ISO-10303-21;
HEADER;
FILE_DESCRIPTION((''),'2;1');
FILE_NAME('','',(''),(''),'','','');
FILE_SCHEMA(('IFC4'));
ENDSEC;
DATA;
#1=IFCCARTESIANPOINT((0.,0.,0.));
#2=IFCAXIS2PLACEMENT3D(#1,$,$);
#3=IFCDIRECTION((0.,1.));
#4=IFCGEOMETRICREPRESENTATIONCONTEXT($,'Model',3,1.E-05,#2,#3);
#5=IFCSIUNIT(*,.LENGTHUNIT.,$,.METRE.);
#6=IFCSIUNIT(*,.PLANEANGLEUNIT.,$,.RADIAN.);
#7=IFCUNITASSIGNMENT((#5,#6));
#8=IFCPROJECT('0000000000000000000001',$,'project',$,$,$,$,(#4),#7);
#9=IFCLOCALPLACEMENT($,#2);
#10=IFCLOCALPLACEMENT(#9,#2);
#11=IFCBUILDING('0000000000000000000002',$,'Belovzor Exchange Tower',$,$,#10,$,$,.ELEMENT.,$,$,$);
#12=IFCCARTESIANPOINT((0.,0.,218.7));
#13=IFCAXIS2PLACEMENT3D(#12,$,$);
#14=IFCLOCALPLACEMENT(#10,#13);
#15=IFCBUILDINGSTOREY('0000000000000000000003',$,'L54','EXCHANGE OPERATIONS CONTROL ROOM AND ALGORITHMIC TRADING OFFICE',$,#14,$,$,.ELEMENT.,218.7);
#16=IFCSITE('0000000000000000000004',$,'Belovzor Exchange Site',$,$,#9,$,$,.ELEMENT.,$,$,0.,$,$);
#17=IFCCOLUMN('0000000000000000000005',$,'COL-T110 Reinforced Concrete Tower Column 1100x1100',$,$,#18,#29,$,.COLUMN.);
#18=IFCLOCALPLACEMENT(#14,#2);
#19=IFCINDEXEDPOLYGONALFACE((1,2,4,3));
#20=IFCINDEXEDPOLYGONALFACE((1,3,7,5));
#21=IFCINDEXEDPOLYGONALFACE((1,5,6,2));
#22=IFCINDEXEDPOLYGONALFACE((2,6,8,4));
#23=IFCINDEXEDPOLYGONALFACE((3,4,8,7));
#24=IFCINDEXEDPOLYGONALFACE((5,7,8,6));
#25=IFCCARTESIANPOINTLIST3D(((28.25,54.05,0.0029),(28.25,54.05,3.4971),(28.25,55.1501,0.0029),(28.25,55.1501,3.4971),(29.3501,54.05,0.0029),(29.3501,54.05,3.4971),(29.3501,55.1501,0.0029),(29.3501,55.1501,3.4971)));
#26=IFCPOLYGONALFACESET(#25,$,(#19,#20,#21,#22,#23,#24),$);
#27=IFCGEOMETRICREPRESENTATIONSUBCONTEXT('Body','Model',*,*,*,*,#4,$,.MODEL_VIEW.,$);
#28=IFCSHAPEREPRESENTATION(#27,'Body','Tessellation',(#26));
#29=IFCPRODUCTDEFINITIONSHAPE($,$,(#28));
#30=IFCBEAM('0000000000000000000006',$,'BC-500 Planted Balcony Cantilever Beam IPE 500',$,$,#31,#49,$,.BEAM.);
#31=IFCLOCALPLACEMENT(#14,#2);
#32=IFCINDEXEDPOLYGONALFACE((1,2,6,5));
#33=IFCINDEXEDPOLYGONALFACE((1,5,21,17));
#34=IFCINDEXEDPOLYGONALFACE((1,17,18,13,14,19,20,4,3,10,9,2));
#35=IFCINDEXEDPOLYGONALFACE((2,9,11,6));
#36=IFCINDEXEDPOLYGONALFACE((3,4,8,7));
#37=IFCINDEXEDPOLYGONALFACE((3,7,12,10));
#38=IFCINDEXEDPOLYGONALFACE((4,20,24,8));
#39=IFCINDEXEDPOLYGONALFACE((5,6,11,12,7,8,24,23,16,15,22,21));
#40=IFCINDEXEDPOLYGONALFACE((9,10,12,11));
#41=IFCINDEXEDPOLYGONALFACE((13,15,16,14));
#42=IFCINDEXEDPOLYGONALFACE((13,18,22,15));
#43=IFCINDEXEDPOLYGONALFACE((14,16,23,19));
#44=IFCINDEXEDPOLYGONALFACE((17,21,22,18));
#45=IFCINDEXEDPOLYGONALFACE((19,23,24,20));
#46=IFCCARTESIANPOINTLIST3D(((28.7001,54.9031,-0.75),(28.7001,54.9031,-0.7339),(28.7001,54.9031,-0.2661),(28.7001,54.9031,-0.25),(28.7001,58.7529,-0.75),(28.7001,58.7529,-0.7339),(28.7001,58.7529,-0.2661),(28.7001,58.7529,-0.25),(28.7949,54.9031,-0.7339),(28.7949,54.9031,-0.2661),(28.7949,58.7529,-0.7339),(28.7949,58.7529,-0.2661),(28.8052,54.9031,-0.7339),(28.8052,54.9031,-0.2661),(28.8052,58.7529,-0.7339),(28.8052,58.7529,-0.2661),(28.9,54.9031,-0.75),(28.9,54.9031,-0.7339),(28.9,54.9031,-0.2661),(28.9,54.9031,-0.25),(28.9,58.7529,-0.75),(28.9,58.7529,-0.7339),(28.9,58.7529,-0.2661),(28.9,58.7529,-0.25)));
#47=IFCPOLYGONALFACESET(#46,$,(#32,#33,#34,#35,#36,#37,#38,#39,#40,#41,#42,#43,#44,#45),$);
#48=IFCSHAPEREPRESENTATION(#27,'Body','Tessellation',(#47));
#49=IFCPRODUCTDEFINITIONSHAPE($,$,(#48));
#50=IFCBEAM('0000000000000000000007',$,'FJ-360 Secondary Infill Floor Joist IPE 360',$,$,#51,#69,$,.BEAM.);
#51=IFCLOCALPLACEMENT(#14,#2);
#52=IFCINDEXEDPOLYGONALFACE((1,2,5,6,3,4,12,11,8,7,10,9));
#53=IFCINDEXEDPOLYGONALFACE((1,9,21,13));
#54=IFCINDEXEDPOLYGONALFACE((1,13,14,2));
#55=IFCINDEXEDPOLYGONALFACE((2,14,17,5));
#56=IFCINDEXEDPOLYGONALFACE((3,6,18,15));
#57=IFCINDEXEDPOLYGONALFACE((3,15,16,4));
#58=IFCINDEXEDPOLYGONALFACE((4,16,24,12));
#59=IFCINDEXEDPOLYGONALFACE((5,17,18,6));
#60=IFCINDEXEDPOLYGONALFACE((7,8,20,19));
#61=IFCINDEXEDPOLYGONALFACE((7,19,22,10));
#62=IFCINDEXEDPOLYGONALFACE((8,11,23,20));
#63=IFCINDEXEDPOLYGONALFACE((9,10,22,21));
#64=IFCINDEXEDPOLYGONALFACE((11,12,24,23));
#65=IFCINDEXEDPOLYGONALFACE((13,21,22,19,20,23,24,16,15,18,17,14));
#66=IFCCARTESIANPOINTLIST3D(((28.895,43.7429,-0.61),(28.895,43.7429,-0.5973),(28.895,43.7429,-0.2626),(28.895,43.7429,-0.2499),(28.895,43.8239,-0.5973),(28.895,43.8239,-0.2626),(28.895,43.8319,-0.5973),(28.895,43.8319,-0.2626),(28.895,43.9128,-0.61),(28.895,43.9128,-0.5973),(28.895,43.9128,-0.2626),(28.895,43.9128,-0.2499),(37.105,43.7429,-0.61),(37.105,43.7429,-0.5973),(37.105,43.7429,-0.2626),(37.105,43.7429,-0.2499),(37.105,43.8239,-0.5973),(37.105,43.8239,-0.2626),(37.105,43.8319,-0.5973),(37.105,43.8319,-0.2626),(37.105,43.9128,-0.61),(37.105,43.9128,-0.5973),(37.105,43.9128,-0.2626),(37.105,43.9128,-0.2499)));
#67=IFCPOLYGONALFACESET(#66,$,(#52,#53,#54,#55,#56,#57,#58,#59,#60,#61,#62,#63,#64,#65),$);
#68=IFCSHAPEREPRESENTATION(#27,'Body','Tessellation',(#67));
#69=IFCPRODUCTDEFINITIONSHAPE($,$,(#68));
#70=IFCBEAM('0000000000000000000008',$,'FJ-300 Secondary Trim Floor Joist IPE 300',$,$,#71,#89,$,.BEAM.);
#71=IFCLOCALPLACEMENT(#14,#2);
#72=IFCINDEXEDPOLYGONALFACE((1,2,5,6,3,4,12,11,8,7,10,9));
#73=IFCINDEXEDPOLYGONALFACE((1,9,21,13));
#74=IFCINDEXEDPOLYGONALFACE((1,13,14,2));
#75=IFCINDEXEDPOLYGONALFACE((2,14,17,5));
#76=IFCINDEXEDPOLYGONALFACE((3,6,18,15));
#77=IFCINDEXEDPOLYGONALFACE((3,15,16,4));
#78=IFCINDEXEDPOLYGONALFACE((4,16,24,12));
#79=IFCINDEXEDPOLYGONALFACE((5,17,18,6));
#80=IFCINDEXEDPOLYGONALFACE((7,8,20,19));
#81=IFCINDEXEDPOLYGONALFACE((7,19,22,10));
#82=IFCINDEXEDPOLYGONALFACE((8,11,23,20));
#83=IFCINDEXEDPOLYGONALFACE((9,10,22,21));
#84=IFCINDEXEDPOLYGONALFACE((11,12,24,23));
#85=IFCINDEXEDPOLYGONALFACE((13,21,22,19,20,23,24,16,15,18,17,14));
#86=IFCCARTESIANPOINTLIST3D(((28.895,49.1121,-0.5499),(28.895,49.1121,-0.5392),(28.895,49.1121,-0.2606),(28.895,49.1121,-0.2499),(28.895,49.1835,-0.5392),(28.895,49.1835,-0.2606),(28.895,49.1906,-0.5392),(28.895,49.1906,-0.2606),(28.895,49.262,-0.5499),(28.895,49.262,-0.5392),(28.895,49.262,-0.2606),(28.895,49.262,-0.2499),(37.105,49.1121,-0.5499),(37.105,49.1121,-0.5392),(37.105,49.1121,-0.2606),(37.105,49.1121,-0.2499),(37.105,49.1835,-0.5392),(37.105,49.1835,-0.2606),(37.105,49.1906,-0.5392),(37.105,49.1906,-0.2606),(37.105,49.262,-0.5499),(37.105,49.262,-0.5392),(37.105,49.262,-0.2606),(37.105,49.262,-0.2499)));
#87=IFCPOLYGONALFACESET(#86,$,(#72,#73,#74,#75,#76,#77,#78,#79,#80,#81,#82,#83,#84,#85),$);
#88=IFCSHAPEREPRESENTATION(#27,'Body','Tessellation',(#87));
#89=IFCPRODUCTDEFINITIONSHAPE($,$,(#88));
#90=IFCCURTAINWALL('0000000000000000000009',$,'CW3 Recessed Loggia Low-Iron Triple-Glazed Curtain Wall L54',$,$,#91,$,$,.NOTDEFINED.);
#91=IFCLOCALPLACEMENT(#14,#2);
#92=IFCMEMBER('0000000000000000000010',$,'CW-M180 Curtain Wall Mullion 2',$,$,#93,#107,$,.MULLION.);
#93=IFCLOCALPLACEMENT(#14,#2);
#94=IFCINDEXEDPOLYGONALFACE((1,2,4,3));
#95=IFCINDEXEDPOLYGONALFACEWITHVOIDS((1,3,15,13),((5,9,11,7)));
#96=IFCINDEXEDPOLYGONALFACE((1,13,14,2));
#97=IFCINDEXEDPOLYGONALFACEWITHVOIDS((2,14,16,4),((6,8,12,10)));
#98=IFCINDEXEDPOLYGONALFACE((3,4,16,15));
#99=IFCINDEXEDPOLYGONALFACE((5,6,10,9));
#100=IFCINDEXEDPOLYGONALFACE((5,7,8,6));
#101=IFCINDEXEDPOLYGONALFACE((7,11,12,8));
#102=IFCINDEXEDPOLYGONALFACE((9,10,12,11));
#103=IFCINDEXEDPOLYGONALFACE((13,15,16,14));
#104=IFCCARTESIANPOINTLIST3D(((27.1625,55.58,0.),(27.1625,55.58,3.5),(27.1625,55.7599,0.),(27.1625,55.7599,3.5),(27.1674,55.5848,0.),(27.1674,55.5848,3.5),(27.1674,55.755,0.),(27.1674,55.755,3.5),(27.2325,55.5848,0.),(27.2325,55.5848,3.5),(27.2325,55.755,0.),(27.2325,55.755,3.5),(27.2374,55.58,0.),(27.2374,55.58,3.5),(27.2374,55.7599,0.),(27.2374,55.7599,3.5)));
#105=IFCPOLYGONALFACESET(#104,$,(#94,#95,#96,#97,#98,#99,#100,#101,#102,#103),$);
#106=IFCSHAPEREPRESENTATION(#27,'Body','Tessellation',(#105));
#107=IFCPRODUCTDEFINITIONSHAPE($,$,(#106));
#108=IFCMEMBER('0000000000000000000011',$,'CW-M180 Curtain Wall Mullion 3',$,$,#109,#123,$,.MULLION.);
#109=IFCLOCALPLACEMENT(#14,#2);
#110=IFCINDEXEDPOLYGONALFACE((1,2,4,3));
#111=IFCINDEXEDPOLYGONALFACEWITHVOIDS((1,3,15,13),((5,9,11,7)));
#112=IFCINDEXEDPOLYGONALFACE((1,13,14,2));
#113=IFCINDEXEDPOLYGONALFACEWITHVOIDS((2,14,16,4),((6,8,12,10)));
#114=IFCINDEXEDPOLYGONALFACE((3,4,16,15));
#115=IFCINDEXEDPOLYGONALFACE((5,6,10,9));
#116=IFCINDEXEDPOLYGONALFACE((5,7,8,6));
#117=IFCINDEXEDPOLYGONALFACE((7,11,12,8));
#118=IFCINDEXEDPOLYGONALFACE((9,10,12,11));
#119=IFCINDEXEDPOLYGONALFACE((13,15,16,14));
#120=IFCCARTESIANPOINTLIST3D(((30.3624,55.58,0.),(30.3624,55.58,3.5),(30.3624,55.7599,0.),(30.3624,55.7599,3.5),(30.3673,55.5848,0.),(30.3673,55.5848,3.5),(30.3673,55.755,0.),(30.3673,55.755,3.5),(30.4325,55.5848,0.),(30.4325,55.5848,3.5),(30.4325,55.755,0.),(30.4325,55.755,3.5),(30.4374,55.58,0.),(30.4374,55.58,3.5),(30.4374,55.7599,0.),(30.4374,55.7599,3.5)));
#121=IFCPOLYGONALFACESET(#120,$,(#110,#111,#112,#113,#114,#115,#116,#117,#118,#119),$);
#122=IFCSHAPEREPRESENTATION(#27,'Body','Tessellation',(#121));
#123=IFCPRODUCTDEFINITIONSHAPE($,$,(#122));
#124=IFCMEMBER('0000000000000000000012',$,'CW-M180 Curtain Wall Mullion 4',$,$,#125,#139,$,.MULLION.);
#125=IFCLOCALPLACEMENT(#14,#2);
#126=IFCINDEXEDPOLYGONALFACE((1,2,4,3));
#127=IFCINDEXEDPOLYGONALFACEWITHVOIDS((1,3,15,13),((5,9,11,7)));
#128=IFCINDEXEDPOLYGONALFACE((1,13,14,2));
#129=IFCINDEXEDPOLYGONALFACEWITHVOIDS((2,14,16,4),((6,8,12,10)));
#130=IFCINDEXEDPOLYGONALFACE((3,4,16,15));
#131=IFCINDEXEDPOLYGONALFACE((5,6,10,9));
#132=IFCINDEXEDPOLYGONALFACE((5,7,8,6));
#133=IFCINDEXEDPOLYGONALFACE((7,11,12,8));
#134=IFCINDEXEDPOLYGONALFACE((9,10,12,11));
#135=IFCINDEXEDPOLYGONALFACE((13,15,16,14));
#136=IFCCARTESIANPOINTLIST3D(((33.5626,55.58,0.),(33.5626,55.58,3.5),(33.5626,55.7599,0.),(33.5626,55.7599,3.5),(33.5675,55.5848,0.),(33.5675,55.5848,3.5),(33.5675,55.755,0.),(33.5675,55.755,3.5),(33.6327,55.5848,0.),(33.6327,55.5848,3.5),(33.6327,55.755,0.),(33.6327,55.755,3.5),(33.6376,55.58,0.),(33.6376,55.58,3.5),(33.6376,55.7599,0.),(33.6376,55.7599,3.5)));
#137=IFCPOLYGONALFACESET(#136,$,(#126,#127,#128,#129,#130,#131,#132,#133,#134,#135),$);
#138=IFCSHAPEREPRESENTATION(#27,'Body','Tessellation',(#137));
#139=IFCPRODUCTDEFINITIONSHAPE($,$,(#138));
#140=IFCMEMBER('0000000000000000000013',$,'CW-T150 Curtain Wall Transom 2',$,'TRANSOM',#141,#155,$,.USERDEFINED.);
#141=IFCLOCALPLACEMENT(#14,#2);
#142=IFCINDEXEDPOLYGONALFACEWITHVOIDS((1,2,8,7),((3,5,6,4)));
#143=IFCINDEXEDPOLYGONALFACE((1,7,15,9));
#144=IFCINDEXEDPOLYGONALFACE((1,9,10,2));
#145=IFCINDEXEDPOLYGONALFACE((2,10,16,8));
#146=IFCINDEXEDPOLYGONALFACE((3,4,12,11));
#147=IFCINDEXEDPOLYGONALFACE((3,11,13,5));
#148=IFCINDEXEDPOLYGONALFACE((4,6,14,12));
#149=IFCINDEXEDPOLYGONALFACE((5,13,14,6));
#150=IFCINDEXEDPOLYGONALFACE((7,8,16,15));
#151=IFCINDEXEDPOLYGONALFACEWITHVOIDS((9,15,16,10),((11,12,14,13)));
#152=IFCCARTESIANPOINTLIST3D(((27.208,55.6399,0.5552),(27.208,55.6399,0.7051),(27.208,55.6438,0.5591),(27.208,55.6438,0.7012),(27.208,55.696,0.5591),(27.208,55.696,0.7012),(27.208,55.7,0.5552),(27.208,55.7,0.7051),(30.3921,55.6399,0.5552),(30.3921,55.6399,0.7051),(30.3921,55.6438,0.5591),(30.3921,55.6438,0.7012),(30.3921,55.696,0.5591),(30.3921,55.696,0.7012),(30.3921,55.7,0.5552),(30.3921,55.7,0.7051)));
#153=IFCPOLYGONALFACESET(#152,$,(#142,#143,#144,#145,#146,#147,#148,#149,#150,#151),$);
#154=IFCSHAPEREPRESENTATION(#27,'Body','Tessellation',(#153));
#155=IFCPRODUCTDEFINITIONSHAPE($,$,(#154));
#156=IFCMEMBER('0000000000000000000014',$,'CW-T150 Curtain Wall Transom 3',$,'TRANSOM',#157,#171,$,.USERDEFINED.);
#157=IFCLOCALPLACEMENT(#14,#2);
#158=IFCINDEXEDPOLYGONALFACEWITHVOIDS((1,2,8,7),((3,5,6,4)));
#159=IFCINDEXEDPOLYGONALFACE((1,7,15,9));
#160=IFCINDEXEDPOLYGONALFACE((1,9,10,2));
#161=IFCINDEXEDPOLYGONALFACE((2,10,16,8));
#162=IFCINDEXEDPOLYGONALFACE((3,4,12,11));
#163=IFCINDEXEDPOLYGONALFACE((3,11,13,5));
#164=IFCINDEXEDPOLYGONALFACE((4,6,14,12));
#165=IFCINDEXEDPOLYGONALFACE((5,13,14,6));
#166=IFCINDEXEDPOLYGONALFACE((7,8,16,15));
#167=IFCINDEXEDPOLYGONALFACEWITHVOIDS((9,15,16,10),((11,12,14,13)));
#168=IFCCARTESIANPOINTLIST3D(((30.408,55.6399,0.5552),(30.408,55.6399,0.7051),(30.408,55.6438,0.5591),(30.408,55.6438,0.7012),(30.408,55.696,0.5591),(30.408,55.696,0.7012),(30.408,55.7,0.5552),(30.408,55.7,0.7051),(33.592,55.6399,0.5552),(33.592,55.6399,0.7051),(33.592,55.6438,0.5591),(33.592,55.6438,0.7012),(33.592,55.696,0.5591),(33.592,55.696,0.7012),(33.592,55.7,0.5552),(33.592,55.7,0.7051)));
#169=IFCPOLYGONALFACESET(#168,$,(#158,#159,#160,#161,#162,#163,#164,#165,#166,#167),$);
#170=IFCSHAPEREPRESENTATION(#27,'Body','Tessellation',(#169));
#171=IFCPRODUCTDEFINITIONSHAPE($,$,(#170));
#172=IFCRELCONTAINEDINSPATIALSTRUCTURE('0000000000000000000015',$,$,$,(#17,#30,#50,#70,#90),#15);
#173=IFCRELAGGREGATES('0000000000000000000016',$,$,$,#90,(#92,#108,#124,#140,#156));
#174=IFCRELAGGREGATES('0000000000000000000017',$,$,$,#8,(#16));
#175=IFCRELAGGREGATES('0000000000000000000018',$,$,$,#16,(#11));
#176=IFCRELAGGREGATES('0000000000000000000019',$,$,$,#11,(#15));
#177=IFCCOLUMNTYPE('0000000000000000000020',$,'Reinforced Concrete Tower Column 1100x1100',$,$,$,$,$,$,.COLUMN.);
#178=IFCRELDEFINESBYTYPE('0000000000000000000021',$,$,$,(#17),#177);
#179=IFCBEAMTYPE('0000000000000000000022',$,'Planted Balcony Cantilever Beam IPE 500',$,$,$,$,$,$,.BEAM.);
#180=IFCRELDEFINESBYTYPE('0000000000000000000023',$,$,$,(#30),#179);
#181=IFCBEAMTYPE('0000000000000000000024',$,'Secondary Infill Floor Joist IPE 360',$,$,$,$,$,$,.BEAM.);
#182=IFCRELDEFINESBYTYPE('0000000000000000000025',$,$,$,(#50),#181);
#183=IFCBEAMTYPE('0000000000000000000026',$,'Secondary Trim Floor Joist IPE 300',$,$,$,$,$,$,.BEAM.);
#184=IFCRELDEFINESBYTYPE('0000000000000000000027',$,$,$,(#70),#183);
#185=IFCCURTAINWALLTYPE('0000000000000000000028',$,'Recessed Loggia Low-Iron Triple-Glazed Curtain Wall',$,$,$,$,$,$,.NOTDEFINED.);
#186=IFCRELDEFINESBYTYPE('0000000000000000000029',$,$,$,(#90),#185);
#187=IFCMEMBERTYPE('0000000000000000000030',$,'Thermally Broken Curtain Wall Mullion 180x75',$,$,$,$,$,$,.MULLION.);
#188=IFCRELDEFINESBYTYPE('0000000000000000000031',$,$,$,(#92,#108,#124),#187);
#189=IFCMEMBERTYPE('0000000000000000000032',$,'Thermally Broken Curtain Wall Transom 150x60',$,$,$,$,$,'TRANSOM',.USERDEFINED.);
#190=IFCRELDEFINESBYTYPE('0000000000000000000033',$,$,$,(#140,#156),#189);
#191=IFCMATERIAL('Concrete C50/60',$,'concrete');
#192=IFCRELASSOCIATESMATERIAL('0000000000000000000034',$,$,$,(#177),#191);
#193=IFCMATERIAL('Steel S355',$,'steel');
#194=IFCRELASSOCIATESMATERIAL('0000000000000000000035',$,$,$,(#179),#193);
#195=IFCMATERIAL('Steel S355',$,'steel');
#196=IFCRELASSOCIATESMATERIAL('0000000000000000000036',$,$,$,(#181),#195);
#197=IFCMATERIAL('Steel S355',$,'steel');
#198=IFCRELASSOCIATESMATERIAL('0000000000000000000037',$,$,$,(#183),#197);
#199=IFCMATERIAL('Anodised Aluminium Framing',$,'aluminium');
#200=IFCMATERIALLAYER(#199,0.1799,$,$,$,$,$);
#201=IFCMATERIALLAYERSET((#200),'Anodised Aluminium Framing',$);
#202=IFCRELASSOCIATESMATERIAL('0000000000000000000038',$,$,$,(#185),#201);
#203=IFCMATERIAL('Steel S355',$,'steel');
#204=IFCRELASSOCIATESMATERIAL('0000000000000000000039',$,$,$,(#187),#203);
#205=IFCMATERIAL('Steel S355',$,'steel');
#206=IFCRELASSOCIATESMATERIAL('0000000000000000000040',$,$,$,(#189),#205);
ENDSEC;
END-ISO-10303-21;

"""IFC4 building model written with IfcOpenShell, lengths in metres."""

from ifc_helpers import new_model, si_unit, direction, frame, origin, origin_2d, place, context, subcontext, project, spatial, rectangle, hollow_rectangle, i_section, extrude, material, layer, layer_set, material_profile, profile_set, type_object, element, aggregate, save


model = new_model("IFC4")

# Units and contexts
model_context = context("Model", 3, precision=1e-05, world=origin(), true_north=direction((0.0, 1.0)))
body_context = subcontext(model_context, "Body", "Model", "MODEL_VIEW")
ifc_project = project(units=[si_unit("LENGTHUNIT", "METRE"), si_unit("PLANEANGLEUNIT", "RADIAN")], contexts=[model_context])

# Site, building, storey
site_placement = place(None, origin())
site = spatial("IfcSite", under=ifc_project, at=site_placement, Name="Belovzor Exchange Site", CompositionType="ELEMENT", RefElevation=0.0)
building_placement = place(site_placement, origin())
building = spatial("IfcBuilding", under=site, at=building_placement, Name="Belovzor Exchange Tower", CompositionType="ELEMENT")
storey_placement = place(building_placement, frame((0.0, 0.0, 218.7)))
storey = spatial("IfcBuildingStorey", under=building, at=storey_placement, Name="L54", Description="EXCHANGE OPERATIONS CONTROL ROOM AND ALGORITHMIC TRADING OFFICE", CompositionType="ELEMENT", Elevation=218.7)

# Column
ifc_material_1 = material(Name="Concrete C50/60", Category="concrete")
ifc_material_profile_1 = material_profile(ifc_material_1, rectangle(XDim=1.1001, YDim=1.1001, at=origin_2d()))
ifc_profile_set_1 = profile_set([ifc_material_profile_1], Name="Concrete C50/60")
column_type = type_object("IfcColumnType", Name="Reinforced Concrete Tower Column 1100x1100", PredefinedType="COLUMN", material=ifc_profile_set_1)
column_placement = place(storey_placement, frame((28.8, 54.6001, 0.0029), z_axis=(0.0, 0.0, 1.0), x_axis=(1.0, 0.0, 0.0)))
element("IfcColumn", 1, at=column_placement, inside=storey, type_object=column_type, Name="COL-T110 Reinforced Concrete Tower Column 1100x1100", PredefinedType="COLUMN", context=body_context, shape_type="SweptSolid", body=[
    extrude(rectangle(XDim=1.1001, YDim=1.1001, at=origin_2d()), origin(), (0.0, 0.0, 1.0), 3.4941),
])

# Beams
ifc_material_2 = material(Name="Steel S355", Category="steel")
ifc_material_profile_2 = material_profile(ifc_material_2, i_section(OverallWidth=0.2, OverallDepth=0.5, WebThickness=0.0103, FlangeThickness=0.0161, at=origin_2d()))
ifc_profile_set_2 = profile_set([ifc_material_profile_2], Name="Steel S355")
beam_type_1 = type_object("IfcBeamType", Name="Planted Balcony Cantilever Beam IPE 500", PredefinedType="BEAM", material=ifc_profile_set_2)
beam_1_placement = place(storey_placement, frame((28.8, 54.9031, -0.5), z_axis=(0.0, 1.0, 0.0), x_axis=(-1.0, 0.0, 0.0)))
element("IfcBeam", 2, at=beam_1_placement, inside=storey, type_object=beam_type_1, Name="BC-500 Planted Balcony Cantilever Beam IPE 500", PredefinedType="BEAM", context=body_context, shape_type="SweptSolid", body=[
    extrude(i_section(OverallWidth=0.2, OverallDepth=0.5, WebThickness=0.0103, FlangeThickness=0.0161, at=origin_2d()), origin(), (0.0, 0.0, 1.0), 3.8499),
])
ifc_material_3 = material(Name="Steel S355", Category="steel")
ifc_material_profile_3 = material_profile(ifc_material_3, i_section(OverallWidth=0.1699, OverallDepth=0.3601, WebThickness=0.0081, FlangeThickness=0.0127, at=origin_2d()))
ifc_profile_set_3 = profile_set([ifc_material_profile_3], Name="Steel S355")
beam_type_2 = type_object("IfcBeamType", Name="Secondary Infill Floor Joist IPE 360", PredefinedType="BEAM", material=ifc_profile_set_3)
beam_2_placement = place(storey_placement, frame((28.895, 43.8279, -0.4299), z_axis=(1.0, 0.0, 0.0), x_axis=(0.0, 1.0, 0.0)))
element("IfcBeam", 3, at=beam_2_placement, inside=storey, type_object=beam_type_2, Name="FJ-360 Secondary Infill Floor Joist IPE 360", PredefinedType="BEAM", context=body_context, shape_type="SweptSolid", body=[
    extrude(i_section(OverallWidth=0.1699, OverallDepth=0.3601, WebThickness=0.0081, FlangeThickness=0.0127, at=origin_2d()), origin(), (0.0, 0.0, 1.0), 8.21),
])
ifc_material_4 = material(Name="Steel S355", Category="steel")
ifc_material_profile_4 = material_profile(ifc_material_4, i_section(OverallWidth=0.1499, OverallDepth=0.3, WebThickness=0.0071, FlangeThickness=0.0107, at=origin_2d()))
ifc_profile_set_4 = profile_set([ifc_material_profile_4], Name="Steel S355")
beam_type_3 = type_object("IfcBeamType", Name="Secondary Trim Floor Joist IPE 300", PredefinedType="BEAM", material=ifc_profile_set_4)
beam_3_placement = place(storey_placement, frame((28.895, 49.187, -0.3999), z_axis=(1.0, 0.0, 0.0), x_axis=(0.0, 1.0, 0.0)))
element("IfcBeam", 4, at=beam_3_placement, inside=storey, type_object=beam_type_3, Name="FJ-300 Secondary Trim Floor Joist IPE 300", PredefinedType="BEAM", context=body_context, shape_type="SweptSolid", body=[
    extrude(i_section(OverallWidth=0.1499, OverallDepth=0.3, WebThickness=0.0071, FlangeThickness=0.0107, at=origin_2d()), origin(), (0.0, 0.0, 1.0), 8.21),
])

# Curtain wall, members
ifc_material_5 = material(Name="Anodised Aluminium Framing", Category="aluminium")
ifc_layer_1 = layer(ifc_material_5, 0.1799)
ifc_layer_set_1 = layer_set([ifc_layer_1], Name="Anodised Aluminium Framing")
curtain_wall_type = type_object("IfcCurtainWallType", Name="Recessed Loggia Low-Iron Triple-Glazed Curtain Wall", PredefinedType="NOTDEFINED", material=ifc_layer_set_1)
curtain_wall_placement = place(storey_placement, origin())
curtain_wall = element("IfcCurtainWall", 5, at=curtain_wall_placement, inside=storey, type_object=curtain_wall_type, Name="CW3 Recessed Loggia Low-Iron Triple-Glazed Curtain Wall L54", PredefinedType="NOTDEFINED")
ifc_material_6 = material(Name="Steel S355", Category="steel")
ifc_material_profile_5 = material_profile(ifc_material_6, hollow_rectangle(XDim=0.075, YDim=0.1799, WallThickness=0.0049, at=origin_2d()))
ifc_profile_set_5 = profile_set([ifc_material_profile_5], Name="Steel S355")
member_type_1 = type_object("IfcMemberType", Name="Thermally Broken Curtain Wall Mullion 180x75", PredefinedType="MULLION", material=ifc_profile_set_5)
member_1_placement = place(storey_placement, frame((27.2, 55.6699, 0.0), z_axis=(0.0, 0.0, 1.0), x_axis=(1.0, 0.0, 0.0)))
member_1 = element("IfcMember", 6, at=member_1_placement, type_object=member_type_1, Name="CW-M180 Curtain Wall Mullion 2", PredefinedType="MULLION", context=body_context, shape_type="SweptSolid", body=[
    extrude(hollow_rectangle(XDim=0.075, YDim=0.1799, WallThickness=0.0049, at=origin_2d()), origin(), (0.0, 0.0, 1.0), 3.5),
])
member_2_placement = place(storey_placement, frame((30.3999, 55.6699, 0.0), z_axis=(0.0, 0.0, 1.0), x_axis=(1.0, 0.0, 0.0)))
member_2 = element("IfcMember", 7, at=member_2_placement, type_object=member_type_1, Name="CW-M180 Curtain Wall Mullion 3", PredefinedType="MULLION", context=body_context, shape_type="SweptSolid", body=[
    extrude(hollow_rectangle(XDim=0.075, YDim=0.1799, WallThickness=0.0049, at=origin_2d()), origin(), (0.0, 0.0, 1.0), 3.5),
])
member_3_placement = place(storey_placement, frame((33.6001, 55.6699, 0.0), z_axis=(0.0, 0.0, 1.0), x_axis=(1.0, 0.0, 0.0)))
member_3 = element("IfcMember", 8, at=member_3_placement, type_object=member_type_1, Name="CW-M180 Curtain Wall Mullion 4", PredefinedType="MULLION", context=body_context, shape_type="SweptSolid", body=[
    extrude(hollow_rectangle(XDim=0.075, YDim=0.1799, WallThickness=0.0049, at=origin_2d()), origin(), (0.0, 0.0, 1.0), 3.5),
])
ifc_material_7 = material(Name="Steel S355", Category="steel")
ifc_material_profile_6 = material_profile(ifc_material_7, hollow_rectangle(XDim=0.0601, YDim=0.1499, WallThickness=0.0039, at=origin_2d()))
ifc_profile_set_6 = profile_set([ifc_material_profile_6], Name="Steel S355")
member_type_2 = type_object("IfcMemberType", Name="Thermally Broken Curtain Wall Transom 150x60", ElementType="TRANSOM", PredefinedType="USERDEFINED", material=ifc_profile_set_6)
member_4_placement = place(storey_placement, frame((27.208, 55.6699, 0.6301), z_axis=(1.0, 0.0, 0.0), x_axis=(0.0, 1.0, 0.0)))
member_4 = element("IfcMember", 9, at=member_4_placement, type_object=member_type_2, Name="CW-T150 Curtain Wall Transom 2", ObjectType="TRANSOM", PredefinedType="USERDEFINED", context=body_context, shape_type="SweptSolid", body=[
    extrude(hollow_rectangle(XDim=0.0601, YDim=0.1499, WallThickness=0.0039, at=origin_2d()), origin(), (0.0, 0.0, 1.0), 3.1841),
])
member_5_placement = place(storey_placement, frame((30.408, 55.6699, 0.6301), z_axis=(1.0, 0.0, 0.0), x_axis=(0.0, 1.0, 0.0)))
member_5 = element("IfcMember", 10, at=member_5_placement, type_object=member_type_2, Name="CW-T150 Curtain Wall Transom 3", ObjectType="TRANSOM", PredefinedType="USERDEFINED", context=body_context, shape_type="SweptSolid", body=[
    extrude(hollow_rectangle(XDim=0.0601, YDim=0.1499, WallThickness=0.0039, at=origin_2d()), origin(), (0.0, 0.0, 1.0), 3.1841),
])

aggregate(curtain_wall, [member_1, member_2, member_3, member_4, member_5])

save(model, "model.ifc")
